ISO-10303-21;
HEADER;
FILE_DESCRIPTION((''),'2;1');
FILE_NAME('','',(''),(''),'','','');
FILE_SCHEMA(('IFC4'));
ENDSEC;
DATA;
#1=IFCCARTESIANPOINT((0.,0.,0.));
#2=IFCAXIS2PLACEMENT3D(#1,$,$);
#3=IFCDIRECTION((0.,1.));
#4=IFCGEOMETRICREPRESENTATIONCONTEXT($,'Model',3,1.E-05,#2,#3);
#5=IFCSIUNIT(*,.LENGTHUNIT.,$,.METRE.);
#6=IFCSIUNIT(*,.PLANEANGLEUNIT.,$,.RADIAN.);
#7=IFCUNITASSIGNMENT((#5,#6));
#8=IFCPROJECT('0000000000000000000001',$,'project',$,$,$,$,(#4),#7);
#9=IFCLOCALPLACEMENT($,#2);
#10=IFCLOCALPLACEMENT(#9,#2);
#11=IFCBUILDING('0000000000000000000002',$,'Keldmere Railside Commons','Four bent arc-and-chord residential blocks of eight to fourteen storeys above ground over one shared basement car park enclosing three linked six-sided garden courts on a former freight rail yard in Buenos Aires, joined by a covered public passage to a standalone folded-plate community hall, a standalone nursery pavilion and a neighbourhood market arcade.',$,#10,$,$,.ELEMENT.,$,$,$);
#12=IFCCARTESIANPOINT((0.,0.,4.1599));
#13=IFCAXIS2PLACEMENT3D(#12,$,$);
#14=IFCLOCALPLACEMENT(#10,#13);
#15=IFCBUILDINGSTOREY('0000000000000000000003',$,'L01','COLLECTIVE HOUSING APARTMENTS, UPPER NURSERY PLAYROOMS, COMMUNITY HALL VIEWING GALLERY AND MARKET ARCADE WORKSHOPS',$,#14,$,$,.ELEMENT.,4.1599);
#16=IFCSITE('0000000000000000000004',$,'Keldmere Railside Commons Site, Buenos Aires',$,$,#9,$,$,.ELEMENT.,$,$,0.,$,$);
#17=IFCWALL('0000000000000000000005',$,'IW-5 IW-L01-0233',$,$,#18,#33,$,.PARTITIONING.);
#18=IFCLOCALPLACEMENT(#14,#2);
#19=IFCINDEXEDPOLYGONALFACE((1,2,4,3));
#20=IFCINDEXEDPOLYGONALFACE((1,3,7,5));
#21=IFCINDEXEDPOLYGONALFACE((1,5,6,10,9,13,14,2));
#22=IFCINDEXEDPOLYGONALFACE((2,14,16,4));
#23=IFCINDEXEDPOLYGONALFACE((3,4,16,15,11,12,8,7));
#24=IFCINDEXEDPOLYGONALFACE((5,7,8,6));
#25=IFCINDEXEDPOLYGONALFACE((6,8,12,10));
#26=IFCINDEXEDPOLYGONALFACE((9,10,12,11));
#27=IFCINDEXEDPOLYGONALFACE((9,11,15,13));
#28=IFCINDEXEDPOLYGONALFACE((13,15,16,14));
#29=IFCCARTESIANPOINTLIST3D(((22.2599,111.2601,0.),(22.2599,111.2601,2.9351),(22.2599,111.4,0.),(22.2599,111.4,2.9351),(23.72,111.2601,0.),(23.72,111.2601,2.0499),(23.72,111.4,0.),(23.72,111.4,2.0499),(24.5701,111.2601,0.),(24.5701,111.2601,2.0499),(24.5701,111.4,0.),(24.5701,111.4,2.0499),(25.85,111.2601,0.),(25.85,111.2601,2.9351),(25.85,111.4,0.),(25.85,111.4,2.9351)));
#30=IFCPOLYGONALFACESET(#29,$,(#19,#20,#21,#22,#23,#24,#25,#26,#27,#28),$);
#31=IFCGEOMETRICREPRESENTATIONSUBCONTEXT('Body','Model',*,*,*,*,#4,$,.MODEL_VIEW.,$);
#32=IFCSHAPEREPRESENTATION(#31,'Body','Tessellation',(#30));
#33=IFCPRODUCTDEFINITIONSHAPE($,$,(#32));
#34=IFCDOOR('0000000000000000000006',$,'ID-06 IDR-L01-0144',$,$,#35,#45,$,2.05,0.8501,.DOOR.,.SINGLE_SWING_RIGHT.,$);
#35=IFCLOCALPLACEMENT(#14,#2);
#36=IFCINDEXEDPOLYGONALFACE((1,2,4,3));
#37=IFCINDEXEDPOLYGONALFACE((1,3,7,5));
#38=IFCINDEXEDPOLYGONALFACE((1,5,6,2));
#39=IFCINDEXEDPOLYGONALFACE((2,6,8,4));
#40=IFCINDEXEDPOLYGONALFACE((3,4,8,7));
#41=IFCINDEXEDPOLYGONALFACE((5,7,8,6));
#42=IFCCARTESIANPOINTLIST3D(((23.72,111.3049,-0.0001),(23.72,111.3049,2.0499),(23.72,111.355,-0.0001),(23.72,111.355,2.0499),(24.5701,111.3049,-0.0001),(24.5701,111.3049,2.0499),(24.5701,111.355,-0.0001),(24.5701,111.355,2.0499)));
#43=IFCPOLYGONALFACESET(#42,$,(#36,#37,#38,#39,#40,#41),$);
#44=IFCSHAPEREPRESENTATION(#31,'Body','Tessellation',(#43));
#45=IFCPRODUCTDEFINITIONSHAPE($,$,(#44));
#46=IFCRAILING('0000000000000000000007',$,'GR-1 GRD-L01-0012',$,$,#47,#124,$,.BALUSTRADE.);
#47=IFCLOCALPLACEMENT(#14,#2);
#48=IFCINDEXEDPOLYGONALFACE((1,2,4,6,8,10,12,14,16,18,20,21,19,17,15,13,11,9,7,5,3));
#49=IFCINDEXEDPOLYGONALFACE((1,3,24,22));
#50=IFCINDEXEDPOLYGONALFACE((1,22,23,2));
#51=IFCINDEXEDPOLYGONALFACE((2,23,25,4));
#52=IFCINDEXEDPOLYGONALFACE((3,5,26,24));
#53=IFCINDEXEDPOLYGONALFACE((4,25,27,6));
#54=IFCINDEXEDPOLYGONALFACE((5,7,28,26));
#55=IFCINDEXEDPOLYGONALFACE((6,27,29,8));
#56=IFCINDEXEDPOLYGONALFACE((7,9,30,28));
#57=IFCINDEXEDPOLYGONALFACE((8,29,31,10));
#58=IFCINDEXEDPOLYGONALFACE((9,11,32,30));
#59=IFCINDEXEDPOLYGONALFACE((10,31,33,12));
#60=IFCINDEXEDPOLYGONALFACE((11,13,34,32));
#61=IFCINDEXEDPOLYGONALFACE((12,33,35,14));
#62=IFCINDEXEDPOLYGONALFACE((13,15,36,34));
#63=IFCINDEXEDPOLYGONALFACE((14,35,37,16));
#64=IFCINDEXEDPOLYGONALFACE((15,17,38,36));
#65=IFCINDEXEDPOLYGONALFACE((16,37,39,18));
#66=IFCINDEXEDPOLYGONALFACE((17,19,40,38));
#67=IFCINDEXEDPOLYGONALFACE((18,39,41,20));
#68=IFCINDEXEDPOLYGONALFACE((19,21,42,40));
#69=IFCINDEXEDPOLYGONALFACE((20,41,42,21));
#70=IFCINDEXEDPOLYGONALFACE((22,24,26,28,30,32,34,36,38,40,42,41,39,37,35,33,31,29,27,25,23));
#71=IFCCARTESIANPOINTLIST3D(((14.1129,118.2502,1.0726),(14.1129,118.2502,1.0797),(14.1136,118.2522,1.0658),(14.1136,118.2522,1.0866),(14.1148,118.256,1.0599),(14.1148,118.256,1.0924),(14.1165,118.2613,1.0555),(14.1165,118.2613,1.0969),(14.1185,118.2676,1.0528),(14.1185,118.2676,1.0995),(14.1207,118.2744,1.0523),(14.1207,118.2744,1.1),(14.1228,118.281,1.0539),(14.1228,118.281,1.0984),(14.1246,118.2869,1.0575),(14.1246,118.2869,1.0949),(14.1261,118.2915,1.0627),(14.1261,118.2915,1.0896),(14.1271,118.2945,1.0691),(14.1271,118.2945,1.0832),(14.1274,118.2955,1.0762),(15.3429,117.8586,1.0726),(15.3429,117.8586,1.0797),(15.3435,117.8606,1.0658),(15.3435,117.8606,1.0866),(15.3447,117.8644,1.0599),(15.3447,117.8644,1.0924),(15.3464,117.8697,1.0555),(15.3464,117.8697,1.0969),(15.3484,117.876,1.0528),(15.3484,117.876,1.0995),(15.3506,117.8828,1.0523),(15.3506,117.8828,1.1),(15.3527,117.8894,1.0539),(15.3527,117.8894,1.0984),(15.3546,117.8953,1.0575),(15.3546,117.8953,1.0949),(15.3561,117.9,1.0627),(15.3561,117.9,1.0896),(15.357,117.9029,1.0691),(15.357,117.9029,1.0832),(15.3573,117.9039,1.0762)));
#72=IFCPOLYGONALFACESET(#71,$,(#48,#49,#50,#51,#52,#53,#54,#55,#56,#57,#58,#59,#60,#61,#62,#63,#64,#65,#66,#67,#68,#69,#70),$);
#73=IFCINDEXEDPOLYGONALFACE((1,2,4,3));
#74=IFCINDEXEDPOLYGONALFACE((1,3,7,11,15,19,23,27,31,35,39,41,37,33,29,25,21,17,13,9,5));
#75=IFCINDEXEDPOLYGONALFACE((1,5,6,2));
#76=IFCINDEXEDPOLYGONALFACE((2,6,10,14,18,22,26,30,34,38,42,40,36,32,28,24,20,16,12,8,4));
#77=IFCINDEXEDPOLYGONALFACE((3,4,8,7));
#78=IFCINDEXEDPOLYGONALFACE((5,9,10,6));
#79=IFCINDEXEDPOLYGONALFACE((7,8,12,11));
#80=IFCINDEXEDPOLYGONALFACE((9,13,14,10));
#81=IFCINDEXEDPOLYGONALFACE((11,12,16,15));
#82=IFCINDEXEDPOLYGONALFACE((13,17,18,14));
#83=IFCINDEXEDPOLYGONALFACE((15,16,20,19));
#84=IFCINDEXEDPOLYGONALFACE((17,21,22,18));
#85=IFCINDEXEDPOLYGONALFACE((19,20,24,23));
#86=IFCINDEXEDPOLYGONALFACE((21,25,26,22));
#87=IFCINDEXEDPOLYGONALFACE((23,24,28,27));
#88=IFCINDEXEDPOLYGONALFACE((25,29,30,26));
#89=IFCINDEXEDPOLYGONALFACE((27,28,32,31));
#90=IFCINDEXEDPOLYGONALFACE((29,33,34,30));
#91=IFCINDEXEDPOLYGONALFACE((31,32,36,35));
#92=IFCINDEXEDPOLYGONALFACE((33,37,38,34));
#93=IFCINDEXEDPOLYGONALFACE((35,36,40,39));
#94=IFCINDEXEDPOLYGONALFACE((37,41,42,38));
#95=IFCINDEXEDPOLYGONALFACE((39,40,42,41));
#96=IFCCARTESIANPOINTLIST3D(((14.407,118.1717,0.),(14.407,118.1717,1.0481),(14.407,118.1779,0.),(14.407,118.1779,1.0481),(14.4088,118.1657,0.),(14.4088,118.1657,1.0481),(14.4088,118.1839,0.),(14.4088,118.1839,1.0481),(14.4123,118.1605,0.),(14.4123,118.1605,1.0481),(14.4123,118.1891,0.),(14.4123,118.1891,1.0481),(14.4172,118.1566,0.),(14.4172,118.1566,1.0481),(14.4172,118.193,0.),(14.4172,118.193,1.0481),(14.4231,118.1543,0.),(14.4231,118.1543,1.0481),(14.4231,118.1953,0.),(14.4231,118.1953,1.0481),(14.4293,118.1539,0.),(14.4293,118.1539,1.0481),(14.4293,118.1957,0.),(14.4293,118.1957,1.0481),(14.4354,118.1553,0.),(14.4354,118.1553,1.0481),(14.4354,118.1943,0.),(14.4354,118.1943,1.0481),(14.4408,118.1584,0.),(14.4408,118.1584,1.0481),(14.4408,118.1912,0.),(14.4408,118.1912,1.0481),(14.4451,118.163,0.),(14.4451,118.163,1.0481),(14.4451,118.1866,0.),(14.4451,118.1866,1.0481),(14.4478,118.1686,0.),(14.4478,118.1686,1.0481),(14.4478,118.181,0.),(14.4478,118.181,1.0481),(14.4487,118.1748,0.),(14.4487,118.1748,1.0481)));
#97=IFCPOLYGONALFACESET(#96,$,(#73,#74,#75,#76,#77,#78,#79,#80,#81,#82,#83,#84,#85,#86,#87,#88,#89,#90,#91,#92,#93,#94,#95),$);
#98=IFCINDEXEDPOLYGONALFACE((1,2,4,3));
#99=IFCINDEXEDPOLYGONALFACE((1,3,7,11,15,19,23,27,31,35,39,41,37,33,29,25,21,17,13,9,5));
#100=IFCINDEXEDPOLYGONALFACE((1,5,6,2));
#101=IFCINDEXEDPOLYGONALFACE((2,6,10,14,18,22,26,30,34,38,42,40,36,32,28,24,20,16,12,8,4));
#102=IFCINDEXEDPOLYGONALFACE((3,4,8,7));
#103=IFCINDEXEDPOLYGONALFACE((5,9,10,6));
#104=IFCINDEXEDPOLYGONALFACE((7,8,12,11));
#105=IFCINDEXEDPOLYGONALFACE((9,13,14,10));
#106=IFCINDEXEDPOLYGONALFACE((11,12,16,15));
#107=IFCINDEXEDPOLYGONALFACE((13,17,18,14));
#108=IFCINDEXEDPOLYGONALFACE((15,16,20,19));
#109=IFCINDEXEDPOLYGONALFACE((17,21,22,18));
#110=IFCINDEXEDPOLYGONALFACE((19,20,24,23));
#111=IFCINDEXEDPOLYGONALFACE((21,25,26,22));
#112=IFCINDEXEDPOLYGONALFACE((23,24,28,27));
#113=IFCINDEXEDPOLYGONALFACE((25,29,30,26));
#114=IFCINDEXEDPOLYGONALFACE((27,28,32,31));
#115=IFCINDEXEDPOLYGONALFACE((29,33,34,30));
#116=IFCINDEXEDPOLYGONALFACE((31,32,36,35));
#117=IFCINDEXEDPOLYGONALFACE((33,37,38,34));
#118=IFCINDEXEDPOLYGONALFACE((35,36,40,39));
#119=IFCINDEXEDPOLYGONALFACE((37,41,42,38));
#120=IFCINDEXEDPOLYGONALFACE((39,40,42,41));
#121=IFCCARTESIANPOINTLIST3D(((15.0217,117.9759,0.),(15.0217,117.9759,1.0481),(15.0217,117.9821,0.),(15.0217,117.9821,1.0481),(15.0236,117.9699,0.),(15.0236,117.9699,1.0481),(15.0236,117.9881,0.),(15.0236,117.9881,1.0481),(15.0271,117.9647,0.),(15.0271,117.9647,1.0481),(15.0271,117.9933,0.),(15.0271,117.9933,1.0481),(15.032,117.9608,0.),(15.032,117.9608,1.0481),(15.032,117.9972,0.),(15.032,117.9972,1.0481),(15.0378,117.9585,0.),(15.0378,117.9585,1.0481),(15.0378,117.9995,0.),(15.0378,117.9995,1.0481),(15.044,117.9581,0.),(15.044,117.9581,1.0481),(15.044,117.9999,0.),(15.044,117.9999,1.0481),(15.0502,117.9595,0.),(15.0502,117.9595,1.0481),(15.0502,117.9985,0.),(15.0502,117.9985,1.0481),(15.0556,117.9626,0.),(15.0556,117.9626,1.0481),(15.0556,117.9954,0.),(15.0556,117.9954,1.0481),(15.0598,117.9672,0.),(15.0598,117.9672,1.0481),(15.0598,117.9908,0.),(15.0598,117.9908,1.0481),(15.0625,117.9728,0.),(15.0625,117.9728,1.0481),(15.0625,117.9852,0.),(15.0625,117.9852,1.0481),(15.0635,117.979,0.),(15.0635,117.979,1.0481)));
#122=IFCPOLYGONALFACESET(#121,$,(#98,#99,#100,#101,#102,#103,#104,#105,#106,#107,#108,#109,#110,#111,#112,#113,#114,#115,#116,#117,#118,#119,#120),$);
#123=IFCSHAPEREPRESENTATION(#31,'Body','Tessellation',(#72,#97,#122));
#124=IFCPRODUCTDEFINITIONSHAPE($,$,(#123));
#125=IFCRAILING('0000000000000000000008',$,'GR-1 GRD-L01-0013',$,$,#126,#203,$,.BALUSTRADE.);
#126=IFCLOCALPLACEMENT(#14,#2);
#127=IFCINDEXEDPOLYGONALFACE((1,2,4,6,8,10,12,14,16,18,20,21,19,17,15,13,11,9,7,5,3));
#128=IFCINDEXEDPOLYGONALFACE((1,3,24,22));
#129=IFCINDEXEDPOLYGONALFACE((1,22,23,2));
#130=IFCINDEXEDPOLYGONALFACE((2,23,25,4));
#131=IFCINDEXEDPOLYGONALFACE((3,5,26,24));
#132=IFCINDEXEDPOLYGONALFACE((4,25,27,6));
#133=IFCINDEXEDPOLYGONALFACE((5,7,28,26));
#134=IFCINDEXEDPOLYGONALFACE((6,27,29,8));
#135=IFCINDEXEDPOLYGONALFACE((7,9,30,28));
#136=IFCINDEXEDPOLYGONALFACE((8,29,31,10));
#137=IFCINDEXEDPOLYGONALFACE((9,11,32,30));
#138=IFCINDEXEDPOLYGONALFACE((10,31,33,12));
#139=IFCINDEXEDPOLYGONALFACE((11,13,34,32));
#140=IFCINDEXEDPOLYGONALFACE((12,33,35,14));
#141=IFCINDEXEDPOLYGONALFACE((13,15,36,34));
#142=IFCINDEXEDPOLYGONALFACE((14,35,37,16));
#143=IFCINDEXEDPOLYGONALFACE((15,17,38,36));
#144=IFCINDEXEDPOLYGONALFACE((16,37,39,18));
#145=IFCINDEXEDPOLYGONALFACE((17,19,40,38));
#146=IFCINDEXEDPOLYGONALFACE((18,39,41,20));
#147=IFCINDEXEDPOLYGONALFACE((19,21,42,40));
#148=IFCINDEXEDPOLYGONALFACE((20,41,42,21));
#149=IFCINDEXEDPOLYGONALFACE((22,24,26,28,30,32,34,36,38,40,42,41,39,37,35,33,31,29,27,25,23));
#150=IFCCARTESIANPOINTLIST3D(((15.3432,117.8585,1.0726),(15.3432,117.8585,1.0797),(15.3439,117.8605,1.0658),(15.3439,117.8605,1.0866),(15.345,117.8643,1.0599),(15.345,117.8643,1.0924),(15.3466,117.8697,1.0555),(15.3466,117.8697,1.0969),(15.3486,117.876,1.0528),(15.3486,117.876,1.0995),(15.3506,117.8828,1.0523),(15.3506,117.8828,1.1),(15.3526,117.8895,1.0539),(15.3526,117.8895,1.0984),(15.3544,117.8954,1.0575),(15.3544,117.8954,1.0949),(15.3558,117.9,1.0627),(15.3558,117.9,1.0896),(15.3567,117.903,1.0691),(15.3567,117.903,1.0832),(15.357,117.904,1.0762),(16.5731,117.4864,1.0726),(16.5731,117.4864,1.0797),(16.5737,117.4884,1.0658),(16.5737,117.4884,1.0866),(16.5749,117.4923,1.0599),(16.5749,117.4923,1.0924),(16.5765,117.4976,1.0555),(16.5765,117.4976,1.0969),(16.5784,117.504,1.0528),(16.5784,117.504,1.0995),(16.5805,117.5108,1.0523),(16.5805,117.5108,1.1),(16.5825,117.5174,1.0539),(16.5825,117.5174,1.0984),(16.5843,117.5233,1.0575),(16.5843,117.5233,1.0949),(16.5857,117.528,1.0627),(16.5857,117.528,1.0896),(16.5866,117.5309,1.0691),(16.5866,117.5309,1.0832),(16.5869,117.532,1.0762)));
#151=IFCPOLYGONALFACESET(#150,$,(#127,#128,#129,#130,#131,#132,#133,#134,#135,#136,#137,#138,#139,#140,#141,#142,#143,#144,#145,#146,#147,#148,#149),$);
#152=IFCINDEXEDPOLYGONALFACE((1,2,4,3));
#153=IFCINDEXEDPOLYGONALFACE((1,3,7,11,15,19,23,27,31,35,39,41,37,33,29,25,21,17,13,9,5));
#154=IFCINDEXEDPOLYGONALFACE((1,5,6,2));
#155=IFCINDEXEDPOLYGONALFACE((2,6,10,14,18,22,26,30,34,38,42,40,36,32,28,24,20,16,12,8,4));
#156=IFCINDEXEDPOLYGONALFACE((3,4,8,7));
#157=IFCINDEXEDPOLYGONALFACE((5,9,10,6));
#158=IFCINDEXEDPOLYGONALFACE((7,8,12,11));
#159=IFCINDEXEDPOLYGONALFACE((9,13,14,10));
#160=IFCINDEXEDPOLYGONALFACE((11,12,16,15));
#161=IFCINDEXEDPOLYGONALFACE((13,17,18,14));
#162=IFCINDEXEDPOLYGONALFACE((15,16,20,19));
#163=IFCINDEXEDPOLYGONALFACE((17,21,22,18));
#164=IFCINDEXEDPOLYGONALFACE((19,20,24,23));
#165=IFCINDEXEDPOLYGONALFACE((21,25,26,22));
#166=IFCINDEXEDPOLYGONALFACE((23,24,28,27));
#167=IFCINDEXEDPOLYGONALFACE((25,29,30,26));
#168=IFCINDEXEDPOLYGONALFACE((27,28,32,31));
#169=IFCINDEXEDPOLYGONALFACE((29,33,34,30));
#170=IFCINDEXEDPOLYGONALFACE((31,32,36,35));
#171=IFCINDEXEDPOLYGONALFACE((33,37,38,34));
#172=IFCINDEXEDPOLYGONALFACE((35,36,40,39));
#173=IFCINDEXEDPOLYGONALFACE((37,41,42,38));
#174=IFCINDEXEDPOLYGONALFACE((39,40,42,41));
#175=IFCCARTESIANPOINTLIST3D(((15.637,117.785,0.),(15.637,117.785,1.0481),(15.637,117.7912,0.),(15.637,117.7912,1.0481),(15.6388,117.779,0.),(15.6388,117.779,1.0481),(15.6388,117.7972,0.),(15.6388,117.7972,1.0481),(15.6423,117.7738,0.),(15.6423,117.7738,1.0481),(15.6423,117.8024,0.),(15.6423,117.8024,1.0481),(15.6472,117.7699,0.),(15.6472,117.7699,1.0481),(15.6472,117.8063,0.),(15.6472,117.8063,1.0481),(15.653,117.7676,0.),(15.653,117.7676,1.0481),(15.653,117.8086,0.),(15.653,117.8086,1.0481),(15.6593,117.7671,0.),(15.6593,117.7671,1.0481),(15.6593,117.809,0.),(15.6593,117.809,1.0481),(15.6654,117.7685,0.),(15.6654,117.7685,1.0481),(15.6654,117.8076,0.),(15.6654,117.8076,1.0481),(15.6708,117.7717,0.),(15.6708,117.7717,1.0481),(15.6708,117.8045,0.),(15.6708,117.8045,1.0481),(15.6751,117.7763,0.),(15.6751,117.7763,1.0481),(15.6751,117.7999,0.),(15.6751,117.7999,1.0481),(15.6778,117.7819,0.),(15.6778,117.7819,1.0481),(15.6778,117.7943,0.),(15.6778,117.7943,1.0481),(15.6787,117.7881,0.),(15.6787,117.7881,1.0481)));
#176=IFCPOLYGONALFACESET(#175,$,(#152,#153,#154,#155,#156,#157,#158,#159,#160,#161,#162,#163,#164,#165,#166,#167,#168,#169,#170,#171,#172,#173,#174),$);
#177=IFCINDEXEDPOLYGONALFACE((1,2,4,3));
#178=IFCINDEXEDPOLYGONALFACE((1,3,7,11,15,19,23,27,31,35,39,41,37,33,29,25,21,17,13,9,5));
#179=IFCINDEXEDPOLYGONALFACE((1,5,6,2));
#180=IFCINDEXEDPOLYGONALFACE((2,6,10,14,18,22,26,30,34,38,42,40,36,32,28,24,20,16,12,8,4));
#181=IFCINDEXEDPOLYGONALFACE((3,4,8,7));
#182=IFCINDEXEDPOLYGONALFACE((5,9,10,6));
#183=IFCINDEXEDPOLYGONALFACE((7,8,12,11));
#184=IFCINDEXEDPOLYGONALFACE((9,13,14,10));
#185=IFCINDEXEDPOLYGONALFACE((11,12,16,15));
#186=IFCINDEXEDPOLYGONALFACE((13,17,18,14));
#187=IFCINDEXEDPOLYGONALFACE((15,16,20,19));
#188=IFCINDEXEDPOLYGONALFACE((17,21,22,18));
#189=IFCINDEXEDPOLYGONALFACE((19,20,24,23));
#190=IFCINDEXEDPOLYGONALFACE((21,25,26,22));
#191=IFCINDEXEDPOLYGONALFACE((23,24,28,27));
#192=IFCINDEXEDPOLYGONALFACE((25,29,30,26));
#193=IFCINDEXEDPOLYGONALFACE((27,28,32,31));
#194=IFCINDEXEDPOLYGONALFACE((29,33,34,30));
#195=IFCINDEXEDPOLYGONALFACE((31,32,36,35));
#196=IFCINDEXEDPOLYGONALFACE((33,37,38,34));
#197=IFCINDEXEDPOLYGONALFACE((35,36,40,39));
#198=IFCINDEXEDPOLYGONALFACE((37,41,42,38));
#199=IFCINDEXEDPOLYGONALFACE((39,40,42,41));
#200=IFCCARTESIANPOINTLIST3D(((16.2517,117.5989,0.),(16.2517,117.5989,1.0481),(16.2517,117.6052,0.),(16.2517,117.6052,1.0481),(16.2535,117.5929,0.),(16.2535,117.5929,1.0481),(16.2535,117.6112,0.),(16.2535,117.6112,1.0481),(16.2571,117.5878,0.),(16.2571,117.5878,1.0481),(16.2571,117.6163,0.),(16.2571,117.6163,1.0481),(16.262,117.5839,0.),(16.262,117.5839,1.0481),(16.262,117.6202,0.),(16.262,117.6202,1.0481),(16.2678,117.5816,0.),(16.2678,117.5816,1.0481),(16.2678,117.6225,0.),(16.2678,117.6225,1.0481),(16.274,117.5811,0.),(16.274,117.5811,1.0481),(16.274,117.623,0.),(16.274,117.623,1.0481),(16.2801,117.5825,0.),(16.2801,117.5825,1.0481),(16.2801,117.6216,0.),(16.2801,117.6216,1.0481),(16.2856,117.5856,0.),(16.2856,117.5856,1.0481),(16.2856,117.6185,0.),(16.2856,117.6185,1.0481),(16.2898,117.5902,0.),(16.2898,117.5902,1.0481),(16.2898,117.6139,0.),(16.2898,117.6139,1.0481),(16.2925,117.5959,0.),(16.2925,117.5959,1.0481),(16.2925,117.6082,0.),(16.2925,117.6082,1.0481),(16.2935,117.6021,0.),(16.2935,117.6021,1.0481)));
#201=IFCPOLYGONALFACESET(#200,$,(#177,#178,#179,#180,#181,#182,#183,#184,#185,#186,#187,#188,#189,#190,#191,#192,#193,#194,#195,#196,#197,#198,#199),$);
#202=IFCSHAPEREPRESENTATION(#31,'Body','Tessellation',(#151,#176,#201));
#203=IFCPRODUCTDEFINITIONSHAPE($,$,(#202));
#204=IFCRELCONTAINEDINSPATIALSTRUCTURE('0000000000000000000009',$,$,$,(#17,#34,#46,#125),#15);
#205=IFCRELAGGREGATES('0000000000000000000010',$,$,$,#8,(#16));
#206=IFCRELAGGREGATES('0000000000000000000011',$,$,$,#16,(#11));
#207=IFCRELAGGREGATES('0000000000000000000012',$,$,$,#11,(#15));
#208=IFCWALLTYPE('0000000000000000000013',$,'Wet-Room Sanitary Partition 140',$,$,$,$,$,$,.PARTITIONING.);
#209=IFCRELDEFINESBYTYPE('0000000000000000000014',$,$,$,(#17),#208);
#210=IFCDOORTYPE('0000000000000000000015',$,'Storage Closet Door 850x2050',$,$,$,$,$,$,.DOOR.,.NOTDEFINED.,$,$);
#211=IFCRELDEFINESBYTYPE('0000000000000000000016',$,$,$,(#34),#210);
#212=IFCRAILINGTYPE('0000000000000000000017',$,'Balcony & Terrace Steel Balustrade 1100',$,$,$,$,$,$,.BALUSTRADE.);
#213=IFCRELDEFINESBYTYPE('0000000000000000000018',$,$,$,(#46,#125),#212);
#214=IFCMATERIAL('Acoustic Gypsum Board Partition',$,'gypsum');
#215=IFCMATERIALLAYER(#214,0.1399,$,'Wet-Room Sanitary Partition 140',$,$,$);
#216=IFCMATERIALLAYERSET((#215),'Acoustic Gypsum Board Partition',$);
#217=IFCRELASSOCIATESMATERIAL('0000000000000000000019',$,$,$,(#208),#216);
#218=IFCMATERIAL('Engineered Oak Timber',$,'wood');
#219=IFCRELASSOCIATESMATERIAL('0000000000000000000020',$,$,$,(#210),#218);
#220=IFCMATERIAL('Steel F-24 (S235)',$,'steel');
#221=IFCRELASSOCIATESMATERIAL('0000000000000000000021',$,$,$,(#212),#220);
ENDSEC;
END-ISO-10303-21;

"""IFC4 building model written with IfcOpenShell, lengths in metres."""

from ifc_helpers import new_model, si_unit, direction, frame, frame_2d, origin, origin_2d, place, context, subcontext, project, spatial, rectangle, circle, extrude, material, layer, layer_set, type_object, element, fill, save


model = new_model("IFC4")

# Units and contexts
model_context = context("Model", 3, precision=1e-05, world=origin(), true_north=direction((0.0, 1.0)))
body_context = subcontext(model_context, "Body", "Model", "MODEL_VIEW")
ifc_project = project(units=[si_unit("LENGTHUNIT", "METRE"), si_unit("PLANEANGLEUNIT", "RADIAN")], contexts=[model_context])

# Site, building, storey
site_placement = place(None, origin())
site = spatial("IfcSite", under=ifc_project, at=site_placement, Name="Keldmere Railside Commons Site, Buenos Aires", CompositionType="ELEMENT", RefElevation=0.0)
building_placement = place(site_placement, origin())
building = spatial("IfcBuilding", under=site, at=building_placement, Name="Keldmere Railside Commons", Description="Four bent arc-and-chord residential blocks of eight to fourteen storeys above ground over one shared basement car park enclosing three linked six-sided garden courts on a former freight rail yard in Buenos Aires, joined by a covered public passage to a standalone folded-plate community hall, a standalone nursery pavilion and a neighbourhood market arcade.", CompositionType="ELEMENT")
storey_placement = place(building_placement, frame((0.0, 0.0, 4.1599)))
storey = spatial("IfcBuildingStorey", under=building, at=storey_placement, Name="L01", Description="COLLECTIVE HOUSING APARTMENTS, UPPER NURSERY PLAYROOMS, COMMUNITY HALL VIEWING GALLERY AND MARKET ARCADE WORKSHOPS", CompositionType="ELEMENT", Elevation=4.1599)

# Wall, opening, door
ifc_material_1 = material(Name="Acoustic Gypsum Board Partition", Category="gypsum")
ifc_material_2 = material(Name="Engineered Oak Timber", Category="wood")
ifc_layer_1 = layer(ifc_material_1, 0.1399, Name="Wet-Room Sanitary Partition 140")
ifc_layer_set_1 = layer_set([ifc_layer_1], Name="Acoustic Gypsum Board Partition")
wall_type_1 = type_object("IfcWallType", Name="Wet-Room Sanitary Partition 140", PredefinedType="PARTITIONING", material=ifc_layer_set_1)
wall_1_placement = place(storey_placement, frame((22.26, 111.3301, 0.0), z_axis=(0.0, 0.0, 1.0), x_axis=(1.0, 0.0, 0.0)))
wall_1 = element("IfcWall", 1, at=wall_1_placement, inside=storey, type_object=wall_type_1, Name="IW-5 IW-L01-0233", PredefinedType="PARTITIONING", context=body_context, shape_type="SweptSolid", body=[
    extrude(rectangle(XDim=3.5901, YDim=0.1399, at=frame_2d((1.7949, 0.0))), origin(), (0.0, 0.0, 1.0), 2.9351),
])
opening_1_placement = place(wall_1_placement, frame((1.46, 0.0, 0.0)))
opening_1 = element("IfcOpeningElement", 2, at=opening_1_placement, cuts=wall_1, PredefinedType="OPENING", context=body_context, shape_type="SweptSolid", body=[
    extrude(rectangle(XDim=0.8501, YDim=2.05, at=frame_2d((0.425, 1.0249))), frame((0.0, 0.0798, 0.0), z_axis=(0.0, -1.0, 0.0), x_axis=(1.0, 0.0, 0.0)), (0.0, 0.0, 1.0), 0.1599),
])
door_type_1 = type_object("IfcDoorType", Name="Storage Closet Door 850x2050", OperationType="NOTDEFINED", PredefinedType="DOOR", material=ifc_material_2)
door_1_placement = place(opening_1_placement, origin())
door_1 = element("IfcDoor", 3, at=door_1_placement, inside=storey, type_object=door_type_1, Name="ID-06 IDR-L01-0144", OperationType="SINGLE_SWING_RIGHT", OverallHeight=2.05, OverallWidth=0.8501, PredefinedType="DOOR", context=body_context, shape_type="SweptSolid", body=[
    extrude(rectangle(XDim=0.8501, YDim=2.05, at=frame_2d((0.425, 1.0249))), frame((0.0, 0.0249, 0.0), z_axis=(0.0, -1.0, 0.0), x_axis=(1.0, 0.0, 0.0)), (0.0, 0.0, 1.0), 0.05),
])
fill(opening_1, door_1)

# Railings
ifc_material_3 = material(Name="Steel F-24 (S235)", Category="steel")
railing_type = type_object("IfcRailingType", Name="Balcony & Terrace Steel Balustrade 1100", PredefinedType="BALUSTRADE", material=ifc_material_3)
railing_1_placement = place(storey_placement, frame((14.1201, 118.2727, 0.0)))
element("IfcRailing", 4, at=railing_1_placement, inside=storey, type_object=railing_type, Name="GR-1 GRD-L01-0012", PredefinedType="BALUSTRADE", context=body_context, shape_type="SweptSolid", body=[
    extrude(circle(Radius=0.0239, at=origin_2d()), frame((0.0, 0.0, 1.0762), z_axis=(0.952871, -0.303375, 0.0), x_axis=(0.303375, 0.952871, 0.0)), (0.0, 0.0, 1.0), 1.2908),
    extrude(circle(Radius=0.021, at=origin_2d()), frame((0.3076, -0.0979, 0.0)), (0.0, 0.0, 1.0), 1.0481),
    extrude(circle(Radius=0.021, at=origin_2d()), frame((0.9224, -0.2937, 0.0)), (0.0, 0.0, 1.0), 1.0481),
])
railing_2_placement = place(storey_placement, frame((15.3501, 117.8811, 0.0)))
element("IfcRailing", 5, at=railing_2_placement, inside=storey, type_object=railing_type, Name="GR-1 GRD-L01-0013", PredefinedType="BALUSTRADE", context=body_context, shape_type="SweptSolid", body=[
    extrude(circle(Radius=0.0239, at=origin_2d()), frame((0.0, 0.0, 1.0762), z_axis=(0.957165, -0.289543, 0.0), x_axis=(0.289543, 0.957165, 0.0)), (0.0, 0.0, 1.0), 1.2849),
    extrude(circle(Radius=0.021, at=origin_2d()), frame((0.3076, -0.093, 0.0)), (0.0, 0.0, 1.0), 1.0481),
    extrude(circle(Radius=0.021, at=origin_2d()), frame((0.9224, -0.2791, 0.0)), (0.0, 0.0, 1.0), 1.0481),
])

save(model, "model.ifc")
